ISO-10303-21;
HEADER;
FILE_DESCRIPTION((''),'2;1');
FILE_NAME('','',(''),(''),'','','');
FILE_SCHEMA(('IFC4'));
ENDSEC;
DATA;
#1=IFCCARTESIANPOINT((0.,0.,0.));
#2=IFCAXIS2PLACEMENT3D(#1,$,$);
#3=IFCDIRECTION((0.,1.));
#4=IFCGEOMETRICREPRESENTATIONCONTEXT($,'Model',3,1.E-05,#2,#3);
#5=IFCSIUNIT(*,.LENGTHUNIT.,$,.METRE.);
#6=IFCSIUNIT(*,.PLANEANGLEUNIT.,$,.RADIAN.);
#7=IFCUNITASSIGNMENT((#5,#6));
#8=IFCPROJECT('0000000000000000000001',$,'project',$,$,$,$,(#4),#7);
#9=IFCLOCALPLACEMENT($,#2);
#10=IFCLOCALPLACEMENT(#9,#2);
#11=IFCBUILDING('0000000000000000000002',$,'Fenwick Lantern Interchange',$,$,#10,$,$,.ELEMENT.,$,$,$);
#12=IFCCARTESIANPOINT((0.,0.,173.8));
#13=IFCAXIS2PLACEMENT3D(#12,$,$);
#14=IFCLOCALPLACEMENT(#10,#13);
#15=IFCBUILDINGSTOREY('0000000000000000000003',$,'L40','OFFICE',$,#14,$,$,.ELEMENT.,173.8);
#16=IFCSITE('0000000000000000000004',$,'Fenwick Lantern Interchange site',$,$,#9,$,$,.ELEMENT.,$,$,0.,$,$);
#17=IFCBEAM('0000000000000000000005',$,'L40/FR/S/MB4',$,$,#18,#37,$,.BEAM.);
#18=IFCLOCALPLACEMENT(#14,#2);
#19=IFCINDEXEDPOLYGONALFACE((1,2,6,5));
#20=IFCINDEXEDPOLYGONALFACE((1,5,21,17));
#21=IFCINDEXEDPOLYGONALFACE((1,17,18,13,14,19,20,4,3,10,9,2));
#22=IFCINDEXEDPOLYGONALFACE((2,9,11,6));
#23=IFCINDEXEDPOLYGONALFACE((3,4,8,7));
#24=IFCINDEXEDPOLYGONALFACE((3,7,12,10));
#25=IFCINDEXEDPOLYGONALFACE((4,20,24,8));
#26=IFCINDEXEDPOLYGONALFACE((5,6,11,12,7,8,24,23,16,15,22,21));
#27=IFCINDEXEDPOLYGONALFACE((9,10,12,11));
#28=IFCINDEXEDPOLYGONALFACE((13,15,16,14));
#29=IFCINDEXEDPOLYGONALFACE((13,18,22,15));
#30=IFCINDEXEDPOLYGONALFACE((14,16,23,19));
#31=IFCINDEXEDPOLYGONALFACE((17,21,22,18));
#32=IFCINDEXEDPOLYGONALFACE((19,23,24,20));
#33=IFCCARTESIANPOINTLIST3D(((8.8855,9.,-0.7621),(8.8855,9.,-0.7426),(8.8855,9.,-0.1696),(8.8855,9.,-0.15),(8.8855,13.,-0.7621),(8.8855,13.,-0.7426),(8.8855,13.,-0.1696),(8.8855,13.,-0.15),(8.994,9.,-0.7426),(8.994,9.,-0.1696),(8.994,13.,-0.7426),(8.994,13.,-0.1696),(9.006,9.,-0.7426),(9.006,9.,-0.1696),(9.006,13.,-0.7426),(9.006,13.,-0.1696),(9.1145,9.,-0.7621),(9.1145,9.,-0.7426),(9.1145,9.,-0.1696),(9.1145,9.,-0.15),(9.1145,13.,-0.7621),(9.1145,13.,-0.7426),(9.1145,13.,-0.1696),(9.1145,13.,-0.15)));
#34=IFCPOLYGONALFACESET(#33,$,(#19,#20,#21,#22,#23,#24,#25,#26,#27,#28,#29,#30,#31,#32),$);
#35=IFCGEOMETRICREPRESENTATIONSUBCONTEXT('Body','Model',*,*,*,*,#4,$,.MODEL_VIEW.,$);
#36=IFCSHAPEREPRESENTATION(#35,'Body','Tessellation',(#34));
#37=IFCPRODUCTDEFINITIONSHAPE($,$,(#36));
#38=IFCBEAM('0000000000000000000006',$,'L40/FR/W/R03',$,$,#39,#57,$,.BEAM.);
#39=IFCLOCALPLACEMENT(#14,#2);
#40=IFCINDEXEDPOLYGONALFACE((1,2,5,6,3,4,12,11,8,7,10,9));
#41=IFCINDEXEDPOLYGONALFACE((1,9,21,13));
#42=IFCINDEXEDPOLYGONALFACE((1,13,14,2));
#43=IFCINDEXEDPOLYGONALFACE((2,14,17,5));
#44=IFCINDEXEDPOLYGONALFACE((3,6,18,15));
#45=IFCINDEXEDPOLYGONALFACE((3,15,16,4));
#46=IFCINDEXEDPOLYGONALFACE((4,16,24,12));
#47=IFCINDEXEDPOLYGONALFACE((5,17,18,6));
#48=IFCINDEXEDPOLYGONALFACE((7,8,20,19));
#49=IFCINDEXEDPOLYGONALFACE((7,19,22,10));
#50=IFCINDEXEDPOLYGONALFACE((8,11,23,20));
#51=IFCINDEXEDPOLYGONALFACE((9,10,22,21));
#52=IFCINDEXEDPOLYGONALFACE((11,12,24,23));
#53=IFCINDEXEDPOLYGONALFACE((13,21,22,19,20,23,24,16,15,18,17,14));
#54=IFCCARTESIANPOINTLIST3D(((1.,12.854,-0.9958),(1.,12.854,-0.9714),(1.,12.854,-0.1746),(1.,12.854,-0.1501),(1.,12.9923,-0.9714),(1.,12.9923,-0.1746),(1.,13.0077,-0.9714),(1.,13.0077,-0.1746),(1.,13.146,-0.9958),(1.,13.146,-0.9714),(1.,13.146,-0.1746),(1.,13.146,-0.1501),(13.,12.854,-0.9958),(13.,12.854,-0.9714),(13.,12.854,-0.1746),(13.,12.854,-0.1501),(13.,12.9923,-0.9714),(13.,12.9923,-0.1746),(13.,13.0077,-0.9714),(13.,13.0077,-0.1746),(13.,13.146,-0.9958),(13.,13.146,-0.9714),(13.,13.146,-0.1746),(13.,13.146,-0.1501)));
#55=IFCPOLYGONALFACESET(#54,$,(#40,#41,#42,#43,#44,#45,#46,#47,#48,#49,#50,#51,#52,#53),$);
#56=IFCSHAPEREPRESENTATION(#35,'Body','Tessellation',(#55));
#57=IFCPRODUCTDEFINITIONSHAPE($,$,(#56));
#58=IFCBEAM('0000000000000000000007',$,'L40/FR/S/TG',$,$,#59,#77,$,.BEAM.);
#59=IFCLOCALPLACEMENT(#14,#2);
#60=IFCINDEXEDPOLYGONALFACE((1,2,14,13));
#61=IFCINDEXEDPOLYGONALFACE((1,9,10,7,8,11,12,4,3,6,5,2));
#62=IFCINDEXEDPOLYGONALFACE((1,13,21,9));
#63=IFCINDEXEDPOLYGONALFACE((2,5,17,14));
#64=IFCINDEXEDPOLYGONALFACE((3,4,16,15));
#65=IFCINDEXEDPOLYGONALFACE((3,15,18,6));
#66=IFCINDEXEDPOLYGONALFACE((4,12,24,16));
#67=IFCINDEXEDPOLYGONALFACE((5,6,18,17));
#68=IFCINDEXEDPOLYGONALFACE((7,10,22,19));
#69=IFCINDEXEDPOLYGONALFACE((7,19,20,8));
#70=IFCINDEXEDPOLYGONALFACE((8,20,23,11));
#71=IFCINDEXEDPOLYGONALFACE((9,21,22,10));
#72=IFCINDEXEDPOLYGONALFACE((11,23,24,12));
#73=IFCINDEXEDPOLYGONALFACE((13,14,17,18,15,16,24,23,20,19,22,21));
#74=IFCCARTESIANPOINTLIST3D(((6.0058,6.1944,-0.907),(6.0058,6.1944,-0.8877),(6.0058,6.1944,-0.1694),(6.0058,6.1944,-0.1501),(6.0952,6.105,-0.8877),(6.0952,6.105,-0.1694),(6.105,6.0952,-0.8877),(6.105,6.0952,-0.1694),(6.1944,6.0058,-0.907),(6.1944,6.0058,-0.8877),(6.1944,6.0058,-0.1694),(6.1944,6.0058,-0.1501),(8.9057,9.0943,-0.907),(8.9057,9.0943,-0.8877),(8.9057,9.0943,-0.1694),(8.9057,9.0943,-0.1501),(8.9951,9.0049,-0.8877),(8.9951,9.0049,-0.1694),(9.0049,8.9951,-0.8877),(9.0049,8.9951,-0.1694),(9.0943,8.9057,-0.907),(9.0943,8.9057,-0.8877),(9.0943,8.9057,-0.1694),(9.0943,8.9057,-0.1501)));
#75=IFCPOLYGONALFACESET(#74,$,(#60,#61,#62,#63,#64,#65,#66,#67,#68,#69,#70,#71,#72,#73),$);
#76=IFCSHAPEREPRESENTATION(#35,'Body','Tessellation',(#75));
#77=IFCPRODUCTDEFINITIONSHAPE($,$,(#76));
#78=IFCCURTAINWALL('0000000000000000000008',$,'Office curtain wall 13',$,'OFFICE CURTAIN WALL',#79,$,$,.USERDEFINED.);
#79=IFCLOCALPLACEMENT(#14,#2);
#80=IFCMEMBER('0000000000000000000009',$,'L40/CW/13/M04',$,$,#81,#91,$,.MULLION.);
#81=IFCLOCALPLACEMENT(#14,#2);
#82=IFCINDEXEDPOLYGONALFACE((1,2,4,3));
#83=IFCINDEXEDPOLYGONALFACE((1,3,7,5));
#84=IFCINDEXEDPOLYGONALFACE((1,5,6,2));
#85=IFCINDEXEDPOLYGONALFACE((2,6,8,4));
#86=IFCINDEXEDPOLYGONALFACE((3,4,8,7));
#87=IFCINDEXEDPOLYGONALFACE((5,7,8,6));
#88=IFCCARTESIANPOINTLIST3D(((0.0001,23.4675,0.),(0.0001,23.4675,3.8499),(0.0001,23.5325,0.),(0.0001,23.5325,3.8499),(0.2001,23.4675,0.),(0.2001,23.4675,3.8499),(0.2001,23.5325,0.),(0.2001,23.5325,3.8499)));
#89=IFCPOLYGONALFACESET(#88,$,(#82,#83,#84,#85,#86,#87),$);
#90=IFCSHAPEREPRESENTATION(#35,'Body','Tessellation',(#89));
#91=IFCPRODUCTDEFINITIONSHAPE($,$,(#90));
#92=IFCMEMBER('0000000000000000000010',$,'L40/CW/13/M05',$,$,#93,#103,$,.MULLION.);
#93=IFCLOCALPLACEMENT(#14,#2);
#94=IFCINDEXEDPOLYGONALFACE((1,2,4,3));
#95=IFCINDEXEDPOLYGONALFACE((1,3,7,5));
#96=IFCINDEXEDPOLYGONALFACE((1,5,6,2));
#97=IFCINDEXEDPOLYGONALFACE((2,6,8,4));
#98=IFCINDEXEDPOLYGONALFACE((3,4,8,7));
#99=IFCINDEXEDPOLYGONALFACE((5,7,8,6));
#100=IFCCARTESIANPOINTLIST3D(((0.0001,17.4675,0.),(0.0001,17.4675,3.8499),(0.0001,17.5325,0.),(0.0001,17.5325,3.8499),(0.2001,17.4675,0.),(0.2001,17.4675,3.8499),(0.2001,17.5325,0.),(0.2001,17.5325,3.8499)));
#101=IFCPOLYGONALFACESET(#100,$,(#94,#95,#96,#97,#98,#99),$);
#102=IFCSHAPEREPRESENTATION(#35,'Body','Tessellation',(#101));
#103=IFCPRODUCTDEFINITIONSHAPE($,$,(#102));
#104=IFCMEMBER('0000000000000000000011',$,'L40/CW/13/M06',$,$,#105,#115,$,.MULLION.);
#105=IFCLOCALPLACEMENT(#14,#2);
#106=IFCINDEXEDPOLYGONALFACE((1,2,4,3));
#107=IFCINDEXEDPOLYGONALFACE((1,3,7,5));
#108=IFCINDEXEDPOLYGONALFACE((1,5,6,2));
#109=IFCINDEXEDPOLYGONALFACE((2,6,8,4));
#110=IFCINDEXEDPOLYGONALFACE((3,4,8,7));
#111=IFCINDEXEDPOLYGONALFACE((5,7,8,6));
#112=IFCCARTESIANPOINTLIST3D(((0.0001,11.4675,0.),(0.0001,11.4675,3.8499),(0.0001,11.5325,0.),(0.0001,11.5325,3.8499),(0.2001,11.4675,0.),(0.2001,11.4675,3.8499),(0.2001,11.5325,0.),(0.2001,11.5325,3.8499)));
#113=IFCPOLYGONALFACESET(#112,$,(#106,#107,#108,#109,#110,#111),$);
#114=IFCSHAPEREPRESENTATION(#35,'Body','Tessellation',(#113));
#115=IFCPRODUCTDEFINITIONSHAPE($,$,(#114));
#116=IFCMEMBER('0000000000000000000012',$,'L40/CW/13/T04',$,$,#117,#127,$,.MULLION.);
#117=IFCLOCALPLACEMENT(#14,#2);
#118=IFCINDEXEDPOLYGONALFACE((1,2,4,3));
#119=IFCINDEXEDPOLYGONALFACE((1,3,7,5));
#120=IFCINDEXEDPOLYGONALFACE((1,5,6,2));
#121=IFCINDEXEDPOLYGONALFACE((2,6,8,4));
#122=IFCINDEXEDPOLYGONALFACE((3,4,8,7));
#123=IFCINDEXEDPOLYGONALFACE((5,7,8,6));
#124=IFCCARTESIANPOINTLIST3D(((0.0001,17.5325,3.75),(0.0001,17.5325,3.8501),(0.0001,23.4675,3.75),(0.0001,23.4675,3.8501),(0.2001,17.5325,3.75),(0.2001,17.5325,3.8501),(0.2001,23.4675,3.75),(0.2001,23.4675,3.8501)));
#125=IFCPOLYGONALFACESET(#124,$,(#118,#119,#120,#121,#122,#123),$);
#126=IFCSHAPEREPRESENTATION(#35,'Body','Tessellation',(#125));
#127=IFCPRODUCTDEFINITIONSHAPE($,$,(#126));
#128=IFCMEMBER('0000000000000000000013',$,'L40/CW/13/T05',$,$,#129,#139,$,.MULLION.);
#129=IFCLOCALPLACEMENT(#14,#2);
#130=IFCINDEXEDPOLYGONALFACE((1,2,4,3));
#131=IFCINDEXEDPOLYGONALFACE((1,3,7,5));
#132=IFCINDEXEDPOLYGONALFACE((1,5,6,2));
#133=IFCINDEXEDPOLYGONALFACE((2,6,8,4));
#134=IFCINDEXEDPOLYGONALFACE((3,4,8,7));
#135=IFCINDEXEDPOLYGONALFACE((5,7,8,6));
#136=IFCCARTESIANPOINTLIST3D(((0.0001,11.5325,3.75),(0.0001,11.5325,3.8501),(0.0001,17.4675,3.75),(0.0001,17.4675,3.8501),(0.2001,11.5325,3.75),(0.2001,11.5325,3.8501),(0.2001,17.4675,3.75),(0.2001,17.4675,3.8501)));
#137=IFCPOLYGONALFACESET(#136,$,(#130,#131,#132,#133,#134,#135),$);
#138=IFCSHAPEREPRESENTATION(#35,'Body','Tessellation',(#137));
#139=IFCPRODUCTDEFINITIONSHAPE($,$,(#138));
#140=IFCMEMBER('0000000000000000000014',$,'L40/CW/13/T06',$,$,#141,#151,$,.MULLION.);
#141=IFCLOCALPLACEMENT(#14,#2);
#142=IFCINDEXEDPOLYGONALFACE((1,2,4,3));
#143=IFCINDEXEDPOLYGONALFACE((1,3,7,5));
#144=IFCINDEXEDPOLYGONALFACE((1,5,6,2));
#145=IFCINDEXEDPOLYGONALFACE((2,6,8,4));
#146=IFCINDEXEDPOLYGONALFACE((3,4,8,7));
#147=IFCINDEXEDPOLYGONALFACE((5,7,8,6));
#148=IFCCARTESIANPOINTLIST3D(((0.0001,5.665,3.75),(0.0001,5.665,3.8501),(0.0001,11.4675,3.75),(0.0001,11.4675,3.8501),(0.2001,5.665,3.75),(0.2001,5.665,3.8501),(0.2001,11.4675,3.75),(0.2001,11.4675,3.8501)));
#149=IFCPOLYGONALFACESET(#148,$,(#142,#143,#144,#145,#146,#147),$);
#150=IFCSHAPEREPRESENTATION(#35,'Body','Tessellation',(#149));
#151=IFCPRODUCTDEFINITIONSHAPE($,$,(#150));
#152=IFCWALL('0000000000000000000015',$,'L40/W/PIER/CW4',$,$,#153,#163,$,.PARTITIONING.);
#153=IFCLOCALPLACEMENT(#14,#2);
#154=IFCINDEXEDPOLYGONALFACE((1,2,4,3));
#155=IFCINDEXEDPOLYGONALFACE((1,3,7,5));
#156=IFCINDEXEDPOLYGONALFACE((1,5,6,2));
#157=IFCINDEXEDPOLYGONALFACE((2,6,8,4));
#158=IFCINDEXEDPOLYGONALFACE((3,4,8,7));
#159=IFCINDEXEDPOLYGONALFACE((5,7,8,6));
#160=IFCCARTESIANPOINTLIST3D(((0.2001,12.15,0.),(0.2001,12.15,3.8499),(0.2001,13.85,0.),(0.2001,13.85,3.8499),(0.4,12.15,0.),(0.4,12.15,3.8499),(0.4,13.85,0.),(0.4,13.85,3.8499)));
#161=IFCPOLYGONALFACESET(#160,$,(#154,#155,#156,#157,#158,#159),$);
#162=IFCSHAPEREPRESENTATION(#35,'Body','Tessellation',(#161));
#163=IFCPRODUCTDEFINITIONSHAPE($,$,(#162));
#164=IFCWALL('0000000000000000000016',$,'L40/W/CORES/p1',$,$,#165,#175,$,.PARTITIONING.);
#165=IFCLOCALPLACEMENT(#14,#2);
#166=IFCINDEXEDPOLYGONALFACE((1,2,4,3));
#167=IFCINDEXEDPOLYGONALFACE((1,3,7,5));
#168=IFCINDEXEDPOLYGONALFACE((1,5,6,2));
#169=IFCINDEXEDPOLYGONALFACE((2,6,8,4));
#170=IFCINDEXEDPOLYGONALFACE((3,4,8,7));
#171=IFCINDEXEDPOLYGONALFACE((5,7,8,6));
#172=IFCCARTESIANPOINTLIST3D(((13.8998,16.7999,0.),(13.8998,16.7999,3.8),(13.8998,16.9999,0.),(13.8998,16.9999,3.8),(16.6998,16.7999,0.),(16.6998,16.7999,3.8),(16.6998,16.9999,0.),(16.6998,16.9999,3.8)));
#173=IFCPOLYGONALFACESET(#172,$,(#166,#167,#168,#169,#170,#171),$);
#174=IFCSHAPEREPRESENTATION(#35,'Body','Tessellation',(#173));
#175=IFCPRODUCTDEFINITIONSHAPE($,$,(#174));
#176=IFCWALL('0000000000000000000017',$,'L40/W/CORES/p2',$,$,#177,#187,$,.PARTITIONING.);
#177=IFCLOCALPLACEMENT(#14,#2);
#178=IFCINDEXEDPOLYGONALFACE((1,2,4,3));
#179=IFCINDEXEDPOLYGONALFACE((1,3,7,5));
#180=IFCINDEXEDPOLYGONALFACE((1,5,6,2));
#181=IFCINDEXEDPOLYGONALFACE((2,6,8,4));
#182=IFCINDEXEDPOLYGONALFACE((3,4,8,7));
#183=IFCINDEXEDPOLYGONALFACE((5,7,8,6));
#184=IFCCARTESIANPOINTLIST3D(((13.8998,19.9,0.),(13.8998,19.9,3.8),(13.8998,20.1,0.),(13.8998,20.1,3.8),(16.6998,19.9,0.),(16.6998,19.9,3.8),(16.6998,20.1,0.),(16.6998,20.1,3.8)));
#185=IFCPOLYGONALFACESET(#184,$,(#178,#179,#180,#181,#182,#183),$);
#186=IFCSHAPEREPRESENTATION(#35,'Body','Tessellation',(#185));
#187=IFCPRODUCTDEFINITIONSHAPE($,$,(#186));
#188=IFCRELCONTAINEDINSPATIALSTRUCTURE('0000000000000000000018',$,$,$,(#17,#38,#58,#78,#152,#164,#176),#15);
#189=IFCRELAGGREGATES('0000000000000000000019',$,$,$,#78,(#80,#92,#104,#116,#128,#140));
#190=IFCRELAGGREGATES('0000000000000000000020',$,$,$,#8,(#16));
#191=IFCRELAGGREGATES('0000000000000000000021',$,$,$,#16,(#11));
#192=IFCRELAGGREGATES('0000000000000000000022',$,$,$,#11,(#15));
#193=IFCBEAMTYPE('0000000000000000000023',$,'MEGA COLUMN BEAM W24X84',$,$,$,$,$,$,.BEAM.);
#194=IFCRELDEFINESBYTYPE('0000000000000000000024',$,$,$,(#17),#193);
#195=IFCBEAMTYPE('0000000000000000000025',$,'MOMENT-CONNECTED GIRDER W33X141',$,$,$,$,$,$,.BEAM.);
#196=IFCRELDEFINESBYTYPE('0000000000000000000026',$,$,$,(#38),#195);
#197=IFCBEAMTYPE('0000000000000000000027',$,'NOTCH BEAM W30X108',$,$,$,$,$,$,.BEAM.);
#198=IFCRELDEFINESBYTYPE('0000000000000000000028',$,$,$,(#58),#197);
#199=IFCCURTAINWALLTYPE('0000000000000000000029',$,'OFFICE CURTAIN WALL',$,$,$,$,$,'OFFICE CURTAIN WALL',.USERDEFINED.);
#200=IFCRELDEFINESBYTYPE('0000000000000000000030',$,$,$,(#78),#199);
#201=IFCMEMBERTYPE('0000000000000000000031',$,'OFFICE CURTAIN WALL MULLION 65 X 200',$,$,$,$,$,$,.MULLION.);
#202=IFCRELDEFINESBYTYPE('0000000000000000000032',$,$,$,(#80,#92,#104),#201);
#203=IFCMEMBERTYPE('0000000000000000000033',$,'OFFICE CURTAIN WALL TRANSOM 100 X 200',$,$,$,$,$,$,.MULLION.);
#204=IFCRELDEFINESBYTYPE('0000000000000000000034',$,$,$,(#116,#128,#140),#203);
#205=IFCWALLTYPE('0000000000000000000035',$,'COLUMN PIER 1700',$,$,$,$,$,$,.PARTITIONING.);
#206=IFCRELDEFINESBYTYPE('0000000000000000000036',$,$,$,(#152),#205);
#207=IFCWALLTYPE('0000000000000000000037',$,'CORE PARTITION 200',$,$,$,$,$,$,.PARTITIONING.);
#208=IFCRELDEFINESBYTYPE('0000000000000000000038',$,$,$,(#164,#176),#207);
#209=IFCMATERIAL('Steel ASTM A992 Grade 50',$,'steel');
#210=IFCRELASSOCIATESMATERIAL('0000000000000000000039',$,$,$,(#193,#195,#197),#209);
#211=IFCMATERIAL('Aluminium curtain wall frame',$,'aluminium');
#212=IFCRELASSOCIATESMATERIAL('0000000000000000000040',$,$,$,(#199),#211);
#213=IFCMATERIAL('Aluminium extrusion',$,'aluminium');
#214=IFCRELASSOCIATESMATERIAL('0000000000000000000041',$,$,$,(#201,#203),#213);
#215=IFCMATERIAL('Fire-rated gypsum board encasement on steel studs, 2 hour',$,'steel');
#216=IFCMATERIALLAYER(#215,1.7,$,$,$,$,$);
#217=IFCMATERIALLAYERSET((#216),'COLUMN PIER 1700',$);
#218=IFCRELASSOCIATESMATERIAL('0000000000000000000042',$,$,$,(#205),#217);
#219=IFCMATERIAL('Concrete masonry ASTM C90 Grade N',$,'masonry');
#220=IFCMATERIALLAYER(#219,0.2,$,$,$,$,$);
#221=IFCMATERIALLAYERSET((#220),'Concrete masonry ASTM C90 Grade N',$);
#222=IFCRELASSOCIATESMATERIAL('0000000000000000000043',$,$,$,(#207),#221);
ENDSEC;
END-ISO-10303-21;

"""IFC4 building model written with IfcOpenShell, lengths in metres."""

from ifc_helpers import new_model, si_unit, direction, frame, frame_2d, origin, origin_2d, place, context, subcontext, project, spatial, rectangle, i_section, extrude, material, layer, layer_set, material_profile, profile_set, type_object, element, aggregate, save


model = new_model("IFC4")

# Units and contexts
model_context = context("Model", 3, precision=1e-05, world=origin(), true_north=direction((0.0, 1.0)))
body_context = subcontext(model_context, "Body", "Model", "MODEL_VIEW")
ifc_project = project(units=[si_unit("LENGTHUNIT", "METRE"), si_unit("PLANEANGLEUNIT", "RADIAN")], contexts=[model_context])

# Site, building, storey
site_placement = place(None, origin())
site = spatial("IfcSite", under=ifc_project, at=site_placement, Name="Fenwick Lantern Interchange site", CompositionType="ELEMENT", RefElevation=0.0)
building_placement = place(site_placement, origin())
building = spatial("IfcBuilding", under=site, at=building_placement, Name="Fenwick Lantern Interchange", CompositionType="ELEMENT")
storey_placement = place(building_placement, frame((0.0, 0.0, 173.8)))
storey = spatial("IfcBuildingStorey", under=building, at=storey_placement, Name="L40", Description="OFFICE", CompositionType="ELEMENT", Elevation=173.8)

# Beams
ifc_material_1 = material(Name="Steel ASTM A992 Grade 50", Category="steel")
ifc_material_profile_1 = material_profile(ifc_material_1, i_section(OverallWidth=0.229, OverallDepth=0.6121, WebThickness=0.012, FlangeThickness=0.0195, at=origin_2d()), Name="W24X84")
ifc_profile_set_1 = profile_set([ifc_material_profile_1], Name="Steel ASTM A992 Grade 50")
beam_type_1 = type_object("IfcBeamType", Name="MEGA COLUMN BEAM W24X84", PredefinedType="BEAM", material=ifc_profile_set_1)
beam_1_placement = place(storey_placement, frame((9.0, 9.0, -0.4561), z_axis=(0.0, 1.0, 0.0), x_axis=(-1.0, 0.0, 0.0)))
element("IfcBeam", 1, at=beam_1_placement, inside=storey, type_object=beam_type_1, Name="L40/FR/S/MB4", PredefinedType="BEAM", context=body_context, shape_type="SweptSolid", body=[
    extrude(i_section(OverallWidth=0.229, OverallDepth=0.6121, WebThickness=0.012, FlangeThickness=0.0195, at=origin_2d()), origin(), (0.0, 0.0, 1.0), 4.0),
])
ifc_material_profile_2 = material_profile(ifc_material_1, i_section(OverallWidth=0.292, OverallDepth=0.8457, WebThickness=0.0154, FlangeThickness=0.0244, at=origin_2d()), Name="W33X141")
ifc_profile_set_2 = profile_set([ifc_material_profile_2], Name="Steel ASTM A992 Grade 50")
beam_type_2 = type_object("IfcBeamType", Name="MOMENT-CONNECTED GIRDER W33X141", PredefinedType="BEAM", material=ifc_profile_set_2)
beam_2_placement = place(storey_placement, frame((1.0, 13.0, -0.573), z_axis=(1.0, 0.0, 0.0), x_axis=(0.0, 1.0, 0.0)))
element("IfcBeam", 2, at=beam_2_placement, inside=storey, type_object=beam_type_2, Name="L40/FR/W/R03", PredefinedType="BEAM", context=body_context, shape_type="SweptSolid", body=[
    extrude(i_section(OverallWidth=0.292, OverallDepth=0.8457, WebThickness=0.0154, FlangeThickness=0.0244, at=origin_2d()), origin(), (0.0, 0.0, 1.0), 12.0),
])
ifc_material_profile_3 = material_profile(ifc_material_1, i_section(OverallWidth=0.2666, OverallDepth=0.7568, WebThickness=0.0139, FlangeThickness=0.0193, at=origin_2d()), Name="W30X108")
ifc_profile_set_3 = profile_set([ifc_material_profile_3], Name="Steel ASTM A992 Grade 50")
beam_type_3 = type_object("IfcBeamType", Name="NOTCH BEAM W30X108", PredefinedType="BEAM", material=ifc_profile_set_3)
beam_3_placement = place(storey_placement, frame((9.0, 9.0, -0.5286), z_axis=(-0.707107, -0.707107, 0.0), x_axis=(0.707107, -0.707107, 0.0)))
element("IfcBeam", 3, at=beam_3_placement, inside=storey, type_object=beam_type_3, Name="L40/FR/S/TG", PredefinedType="BEAM", context=body_context, shape_type="SweptSolid", body=[
    extrude(i_section(OverallWidth=0.2666, OverallDepth=0.7568, WebThickness=0.0139, FlangeThickness=0.0193, at=origin_2d()), origin(), (0.0, 0.0, 1.0), 4.1011),
])

# Curtain wall, members
ifc_material_2 = material(Name="Aluminium curtain wall frame", Category="aluminium")
curtain_wall_type = type_object("IfcCurtainWallType", Name="OFFICE CURTAIN WALL", ElementType="OFFICE CURTAIN WALL", PredefinedType="USERDEFINED", material=ifc_material_2)
curtain_wall_placement = place(storey_placement, origin())
curtain_wall = element("IfcCurtainWall", 4, at=curtain_wall_placement, inside=storey, type_object=curtain_wall_type, Name="Office curtain wall 13", ObjectType="OFFICE CURTAIN WALL", PredefinedType="USERDEFINED")
ifc_material_3 = material(Name="Aluminium extrusion", Category="aluminium")
ifc_material_profile_4 = material_profile(ifc_material_3, rectangle(XDim=0.2, YDim=0.0649, at=origin_2d()), Name="OFFICE CURTAIN WALL MULLION 65 X 200")
ifc_profile_set_4 = profile_set([ifc_material_profile_4], Name="Aluminium extrusion")
member_type_1 = type_object("IfcMemberType", Name="OFFICE CURTAIN WALL MULLION 65 X 200", PredefinedType="MULLION", material=ifc_profile_set_4)
member_1_placement = place(storey_placement, frame((0.1001, 23.5, 0.0), z_axis=(0.0, 0.0, 1.0), x_axis=(1.0, 0.0, 0.0)))
member_1 = element("IfcMember", 5, at=member_1_placement, type_object=member_type_1, Name="L40/CW/13/M04", PredefinedType="MULLION", context=body_context, shape_type="SweptSolid", body=[
    extrude(rectangle(XDim=0.2, YDim=0.0649, at=origin_2d()), origin(), (0.0, 0.0, 1.0), 3.8499),
])
member_2_placement = place(storey_placement, frame((0.1001, 17.5, 0.0), z_axis=(0.0, 0.0, 1.0), x_axis=(1.0, 0.0, 0.0)))
member_2 = element("IfcMember", 6, at=member_2_placement, type_object=member_type_1, Name="L40/CW/13/M05", PredefinedType="MULLION", context=body_context, shape_type="SweptSolid", body=[
    extrude(rectangle(XDim=0.2, YDim=0.0649, at=origin_2d()), origin(), (0.0, 0.0, 1.0), 3.8499),
])
member_3_placement = place(storey_placement, frame((0.1001, 11.5, 0.0), z_axis=(0.0, 0.0, 1.0), x_axis=(1.0, 0.0, 0.0)))
member_3 = element("IfcMember", 7, at=member_3_placement, type_object=member_type_1, Name="L40/CW/13/M06", PredefinedType="MULLION", context=body_context, shape_type="SweptSolid", body=[
    extrude(rectangle(XDim=0.2, YDim=0.0649, at=origin_2d()), origin(), (0.0, 0.0, 1.0), 3.8499),
])
ifc_material_profile_5 = material_profile(ifc_material_3, rectangle(XDim=0.2, YDim=0.1001, at=origin_2d()), Name="OFFICE CURTAIN WALL TRANSOM 100 X 200")
ifc_profile_set_5 = profile_set([ifc_material_profile_5], Name="Aluminium extrusion")
member_type_2 = type_object("IfcMemberType", Name="OFFICE CURTAIN WALL TRANSOM 100 X 200", PredefinedType="MULLION", material=ifc_profile_set_5)
member_4_placement = place(storey_placement, frame((0.1001, 23.4675, 3.8), z_axis=(0.0, -1.0, 0.0), x_axis=(1.0, 0.0, 0.0)))
member_4 = element("IfcMember", 8, at=member_4_placement, type_object=member_type_2, Name="L40/CW/13/T04", PredefinedType="MULLION", context=body_context, shape_type="SweptSolid", body=[
    extrude(rectangle(XDim=0.2, YDim=0.1001, at=origin_2d()), origin(), (0.0, 0.0, 1.0), 5.9351),
])
member_5_placement = place(storey_placement, frame((0.1001, 17.4675, 3.8), z_axis=(0.0, -1.0, 0.0), x_axis=(1.0, 0.0, 0.0)))
member_5 = element("IfcMember", 9, at=member_5_placement, type_object=member_type_2, Name="L40/CW/13/T05", PredefinedType="MULLION", context=body_context, shape_type="SweptSolid", body=[
    extrude(rectangle(XDim=0.2, YDim=0.1001, at=origin_2d()), origin(), (0.0, 0.0, 1.0), 5.9351),
])
member_6_placement = place(storey_placement, frame((0.1001, 11.4675, 3.8), z_axis=(0.0, -1.0, 0.0), x_axis=(1.0, 0.0, 0.0)))
member_6 = element("IfcMember", 10, at=member_6_placement, type_object=member_type_2, Name="L40/CW/13/T06", PredefinedType="MULLION", context=body_context, shape_type="SweptSolid", body=[
    extrude(rectangle(XDim=0.2, YDim=0.1001, at=origin_2d()), origin(), (0.0, 0.0, 1.0), 5.8025),
])
aggregate(curtain_wall, [member_1, member_2, member_3, member_4, member_5, member_6])

# Walls
ifc_material_4 = material(Name="Fire-rated gypsum board encasement on steel studs, 2 hour", Category="steel")
ifc_layer_1 = layer(ifc_material_4, 1.7)
ifc_layer_set_1 = layer_set([ifc_layer_1], Name="COLUMN PIER 1700")
wall_type_1 = type_object("IfcWallType", Name="COLUMN PIER 1700", PredefinedType="PARTITIONING", material=ifc_layer_set_1)
wall_1_placement = place(storey_placement, frame((0.2, 13.0, 0.0), z_axis=(0.0, 0.0, 1.0), x_axis=(1.0, 0.0, 0.0)))
element("IfcWall", 11, at=wall_1_placement, inside=storey, type_object=wall_type_1, Name="L40/W/PIER/CW4", PredefinedType="PARTITIONING", context=body_context, shape_type="SweptSolid", body=[
    extrude(rectangle(XDim=0.2, YDim=1.7, at=frame_2d((0.1001, 0.0))), origin(), (0.0, 0.0, 1.0), 3.8499),
])
ifc_material_5 = material(Name="Concrete masonry ASTM C90 Grade N", Category="masonry")
ifc_layer_2 = layer(ifc_material_5, 0.2)
ifc_layer_set_2 = layer_set([ifc_layer_2], Name="Concrete masonry ASTM C90 Grade N")
wall_type_2 = type_object("IfcWallType", Name="CORE PARTITION 200", PredefinedType="PARTITIONING", material=ifc_layer_set_2)
for number, where, z_axis, x_axis, name in (
    (12, (13.8999, 16.8999, 0.0), (0.0, 0.0, 1.0), (1.0, 0.0, 0.0), "L40/W/CORES/p1"),
    (13, (13.8999, 20.0, 0.0), (0.0, 0.0, 1.0), (1.0, 0.0, 0.0), "L40/W/CORES/p2"),
):
    element("IfcWall", number, at=place(storey_placement, frame(where, z_axis=z_axis, x_axis=x_axis)), inside=storey, type_object=wall_type_2, Name=name, PredefinedType="PARTITIONING", context=body_context, shape_type="SweptSolid", body=[
        extrude(rectangle(XDim=2.8, YDim=0.2, at=frame_2d((1.3999, 0.0))), origin(), (0.0, 0.0, 1.0), 3.8),
    ])

save(model, "model.ifc")
